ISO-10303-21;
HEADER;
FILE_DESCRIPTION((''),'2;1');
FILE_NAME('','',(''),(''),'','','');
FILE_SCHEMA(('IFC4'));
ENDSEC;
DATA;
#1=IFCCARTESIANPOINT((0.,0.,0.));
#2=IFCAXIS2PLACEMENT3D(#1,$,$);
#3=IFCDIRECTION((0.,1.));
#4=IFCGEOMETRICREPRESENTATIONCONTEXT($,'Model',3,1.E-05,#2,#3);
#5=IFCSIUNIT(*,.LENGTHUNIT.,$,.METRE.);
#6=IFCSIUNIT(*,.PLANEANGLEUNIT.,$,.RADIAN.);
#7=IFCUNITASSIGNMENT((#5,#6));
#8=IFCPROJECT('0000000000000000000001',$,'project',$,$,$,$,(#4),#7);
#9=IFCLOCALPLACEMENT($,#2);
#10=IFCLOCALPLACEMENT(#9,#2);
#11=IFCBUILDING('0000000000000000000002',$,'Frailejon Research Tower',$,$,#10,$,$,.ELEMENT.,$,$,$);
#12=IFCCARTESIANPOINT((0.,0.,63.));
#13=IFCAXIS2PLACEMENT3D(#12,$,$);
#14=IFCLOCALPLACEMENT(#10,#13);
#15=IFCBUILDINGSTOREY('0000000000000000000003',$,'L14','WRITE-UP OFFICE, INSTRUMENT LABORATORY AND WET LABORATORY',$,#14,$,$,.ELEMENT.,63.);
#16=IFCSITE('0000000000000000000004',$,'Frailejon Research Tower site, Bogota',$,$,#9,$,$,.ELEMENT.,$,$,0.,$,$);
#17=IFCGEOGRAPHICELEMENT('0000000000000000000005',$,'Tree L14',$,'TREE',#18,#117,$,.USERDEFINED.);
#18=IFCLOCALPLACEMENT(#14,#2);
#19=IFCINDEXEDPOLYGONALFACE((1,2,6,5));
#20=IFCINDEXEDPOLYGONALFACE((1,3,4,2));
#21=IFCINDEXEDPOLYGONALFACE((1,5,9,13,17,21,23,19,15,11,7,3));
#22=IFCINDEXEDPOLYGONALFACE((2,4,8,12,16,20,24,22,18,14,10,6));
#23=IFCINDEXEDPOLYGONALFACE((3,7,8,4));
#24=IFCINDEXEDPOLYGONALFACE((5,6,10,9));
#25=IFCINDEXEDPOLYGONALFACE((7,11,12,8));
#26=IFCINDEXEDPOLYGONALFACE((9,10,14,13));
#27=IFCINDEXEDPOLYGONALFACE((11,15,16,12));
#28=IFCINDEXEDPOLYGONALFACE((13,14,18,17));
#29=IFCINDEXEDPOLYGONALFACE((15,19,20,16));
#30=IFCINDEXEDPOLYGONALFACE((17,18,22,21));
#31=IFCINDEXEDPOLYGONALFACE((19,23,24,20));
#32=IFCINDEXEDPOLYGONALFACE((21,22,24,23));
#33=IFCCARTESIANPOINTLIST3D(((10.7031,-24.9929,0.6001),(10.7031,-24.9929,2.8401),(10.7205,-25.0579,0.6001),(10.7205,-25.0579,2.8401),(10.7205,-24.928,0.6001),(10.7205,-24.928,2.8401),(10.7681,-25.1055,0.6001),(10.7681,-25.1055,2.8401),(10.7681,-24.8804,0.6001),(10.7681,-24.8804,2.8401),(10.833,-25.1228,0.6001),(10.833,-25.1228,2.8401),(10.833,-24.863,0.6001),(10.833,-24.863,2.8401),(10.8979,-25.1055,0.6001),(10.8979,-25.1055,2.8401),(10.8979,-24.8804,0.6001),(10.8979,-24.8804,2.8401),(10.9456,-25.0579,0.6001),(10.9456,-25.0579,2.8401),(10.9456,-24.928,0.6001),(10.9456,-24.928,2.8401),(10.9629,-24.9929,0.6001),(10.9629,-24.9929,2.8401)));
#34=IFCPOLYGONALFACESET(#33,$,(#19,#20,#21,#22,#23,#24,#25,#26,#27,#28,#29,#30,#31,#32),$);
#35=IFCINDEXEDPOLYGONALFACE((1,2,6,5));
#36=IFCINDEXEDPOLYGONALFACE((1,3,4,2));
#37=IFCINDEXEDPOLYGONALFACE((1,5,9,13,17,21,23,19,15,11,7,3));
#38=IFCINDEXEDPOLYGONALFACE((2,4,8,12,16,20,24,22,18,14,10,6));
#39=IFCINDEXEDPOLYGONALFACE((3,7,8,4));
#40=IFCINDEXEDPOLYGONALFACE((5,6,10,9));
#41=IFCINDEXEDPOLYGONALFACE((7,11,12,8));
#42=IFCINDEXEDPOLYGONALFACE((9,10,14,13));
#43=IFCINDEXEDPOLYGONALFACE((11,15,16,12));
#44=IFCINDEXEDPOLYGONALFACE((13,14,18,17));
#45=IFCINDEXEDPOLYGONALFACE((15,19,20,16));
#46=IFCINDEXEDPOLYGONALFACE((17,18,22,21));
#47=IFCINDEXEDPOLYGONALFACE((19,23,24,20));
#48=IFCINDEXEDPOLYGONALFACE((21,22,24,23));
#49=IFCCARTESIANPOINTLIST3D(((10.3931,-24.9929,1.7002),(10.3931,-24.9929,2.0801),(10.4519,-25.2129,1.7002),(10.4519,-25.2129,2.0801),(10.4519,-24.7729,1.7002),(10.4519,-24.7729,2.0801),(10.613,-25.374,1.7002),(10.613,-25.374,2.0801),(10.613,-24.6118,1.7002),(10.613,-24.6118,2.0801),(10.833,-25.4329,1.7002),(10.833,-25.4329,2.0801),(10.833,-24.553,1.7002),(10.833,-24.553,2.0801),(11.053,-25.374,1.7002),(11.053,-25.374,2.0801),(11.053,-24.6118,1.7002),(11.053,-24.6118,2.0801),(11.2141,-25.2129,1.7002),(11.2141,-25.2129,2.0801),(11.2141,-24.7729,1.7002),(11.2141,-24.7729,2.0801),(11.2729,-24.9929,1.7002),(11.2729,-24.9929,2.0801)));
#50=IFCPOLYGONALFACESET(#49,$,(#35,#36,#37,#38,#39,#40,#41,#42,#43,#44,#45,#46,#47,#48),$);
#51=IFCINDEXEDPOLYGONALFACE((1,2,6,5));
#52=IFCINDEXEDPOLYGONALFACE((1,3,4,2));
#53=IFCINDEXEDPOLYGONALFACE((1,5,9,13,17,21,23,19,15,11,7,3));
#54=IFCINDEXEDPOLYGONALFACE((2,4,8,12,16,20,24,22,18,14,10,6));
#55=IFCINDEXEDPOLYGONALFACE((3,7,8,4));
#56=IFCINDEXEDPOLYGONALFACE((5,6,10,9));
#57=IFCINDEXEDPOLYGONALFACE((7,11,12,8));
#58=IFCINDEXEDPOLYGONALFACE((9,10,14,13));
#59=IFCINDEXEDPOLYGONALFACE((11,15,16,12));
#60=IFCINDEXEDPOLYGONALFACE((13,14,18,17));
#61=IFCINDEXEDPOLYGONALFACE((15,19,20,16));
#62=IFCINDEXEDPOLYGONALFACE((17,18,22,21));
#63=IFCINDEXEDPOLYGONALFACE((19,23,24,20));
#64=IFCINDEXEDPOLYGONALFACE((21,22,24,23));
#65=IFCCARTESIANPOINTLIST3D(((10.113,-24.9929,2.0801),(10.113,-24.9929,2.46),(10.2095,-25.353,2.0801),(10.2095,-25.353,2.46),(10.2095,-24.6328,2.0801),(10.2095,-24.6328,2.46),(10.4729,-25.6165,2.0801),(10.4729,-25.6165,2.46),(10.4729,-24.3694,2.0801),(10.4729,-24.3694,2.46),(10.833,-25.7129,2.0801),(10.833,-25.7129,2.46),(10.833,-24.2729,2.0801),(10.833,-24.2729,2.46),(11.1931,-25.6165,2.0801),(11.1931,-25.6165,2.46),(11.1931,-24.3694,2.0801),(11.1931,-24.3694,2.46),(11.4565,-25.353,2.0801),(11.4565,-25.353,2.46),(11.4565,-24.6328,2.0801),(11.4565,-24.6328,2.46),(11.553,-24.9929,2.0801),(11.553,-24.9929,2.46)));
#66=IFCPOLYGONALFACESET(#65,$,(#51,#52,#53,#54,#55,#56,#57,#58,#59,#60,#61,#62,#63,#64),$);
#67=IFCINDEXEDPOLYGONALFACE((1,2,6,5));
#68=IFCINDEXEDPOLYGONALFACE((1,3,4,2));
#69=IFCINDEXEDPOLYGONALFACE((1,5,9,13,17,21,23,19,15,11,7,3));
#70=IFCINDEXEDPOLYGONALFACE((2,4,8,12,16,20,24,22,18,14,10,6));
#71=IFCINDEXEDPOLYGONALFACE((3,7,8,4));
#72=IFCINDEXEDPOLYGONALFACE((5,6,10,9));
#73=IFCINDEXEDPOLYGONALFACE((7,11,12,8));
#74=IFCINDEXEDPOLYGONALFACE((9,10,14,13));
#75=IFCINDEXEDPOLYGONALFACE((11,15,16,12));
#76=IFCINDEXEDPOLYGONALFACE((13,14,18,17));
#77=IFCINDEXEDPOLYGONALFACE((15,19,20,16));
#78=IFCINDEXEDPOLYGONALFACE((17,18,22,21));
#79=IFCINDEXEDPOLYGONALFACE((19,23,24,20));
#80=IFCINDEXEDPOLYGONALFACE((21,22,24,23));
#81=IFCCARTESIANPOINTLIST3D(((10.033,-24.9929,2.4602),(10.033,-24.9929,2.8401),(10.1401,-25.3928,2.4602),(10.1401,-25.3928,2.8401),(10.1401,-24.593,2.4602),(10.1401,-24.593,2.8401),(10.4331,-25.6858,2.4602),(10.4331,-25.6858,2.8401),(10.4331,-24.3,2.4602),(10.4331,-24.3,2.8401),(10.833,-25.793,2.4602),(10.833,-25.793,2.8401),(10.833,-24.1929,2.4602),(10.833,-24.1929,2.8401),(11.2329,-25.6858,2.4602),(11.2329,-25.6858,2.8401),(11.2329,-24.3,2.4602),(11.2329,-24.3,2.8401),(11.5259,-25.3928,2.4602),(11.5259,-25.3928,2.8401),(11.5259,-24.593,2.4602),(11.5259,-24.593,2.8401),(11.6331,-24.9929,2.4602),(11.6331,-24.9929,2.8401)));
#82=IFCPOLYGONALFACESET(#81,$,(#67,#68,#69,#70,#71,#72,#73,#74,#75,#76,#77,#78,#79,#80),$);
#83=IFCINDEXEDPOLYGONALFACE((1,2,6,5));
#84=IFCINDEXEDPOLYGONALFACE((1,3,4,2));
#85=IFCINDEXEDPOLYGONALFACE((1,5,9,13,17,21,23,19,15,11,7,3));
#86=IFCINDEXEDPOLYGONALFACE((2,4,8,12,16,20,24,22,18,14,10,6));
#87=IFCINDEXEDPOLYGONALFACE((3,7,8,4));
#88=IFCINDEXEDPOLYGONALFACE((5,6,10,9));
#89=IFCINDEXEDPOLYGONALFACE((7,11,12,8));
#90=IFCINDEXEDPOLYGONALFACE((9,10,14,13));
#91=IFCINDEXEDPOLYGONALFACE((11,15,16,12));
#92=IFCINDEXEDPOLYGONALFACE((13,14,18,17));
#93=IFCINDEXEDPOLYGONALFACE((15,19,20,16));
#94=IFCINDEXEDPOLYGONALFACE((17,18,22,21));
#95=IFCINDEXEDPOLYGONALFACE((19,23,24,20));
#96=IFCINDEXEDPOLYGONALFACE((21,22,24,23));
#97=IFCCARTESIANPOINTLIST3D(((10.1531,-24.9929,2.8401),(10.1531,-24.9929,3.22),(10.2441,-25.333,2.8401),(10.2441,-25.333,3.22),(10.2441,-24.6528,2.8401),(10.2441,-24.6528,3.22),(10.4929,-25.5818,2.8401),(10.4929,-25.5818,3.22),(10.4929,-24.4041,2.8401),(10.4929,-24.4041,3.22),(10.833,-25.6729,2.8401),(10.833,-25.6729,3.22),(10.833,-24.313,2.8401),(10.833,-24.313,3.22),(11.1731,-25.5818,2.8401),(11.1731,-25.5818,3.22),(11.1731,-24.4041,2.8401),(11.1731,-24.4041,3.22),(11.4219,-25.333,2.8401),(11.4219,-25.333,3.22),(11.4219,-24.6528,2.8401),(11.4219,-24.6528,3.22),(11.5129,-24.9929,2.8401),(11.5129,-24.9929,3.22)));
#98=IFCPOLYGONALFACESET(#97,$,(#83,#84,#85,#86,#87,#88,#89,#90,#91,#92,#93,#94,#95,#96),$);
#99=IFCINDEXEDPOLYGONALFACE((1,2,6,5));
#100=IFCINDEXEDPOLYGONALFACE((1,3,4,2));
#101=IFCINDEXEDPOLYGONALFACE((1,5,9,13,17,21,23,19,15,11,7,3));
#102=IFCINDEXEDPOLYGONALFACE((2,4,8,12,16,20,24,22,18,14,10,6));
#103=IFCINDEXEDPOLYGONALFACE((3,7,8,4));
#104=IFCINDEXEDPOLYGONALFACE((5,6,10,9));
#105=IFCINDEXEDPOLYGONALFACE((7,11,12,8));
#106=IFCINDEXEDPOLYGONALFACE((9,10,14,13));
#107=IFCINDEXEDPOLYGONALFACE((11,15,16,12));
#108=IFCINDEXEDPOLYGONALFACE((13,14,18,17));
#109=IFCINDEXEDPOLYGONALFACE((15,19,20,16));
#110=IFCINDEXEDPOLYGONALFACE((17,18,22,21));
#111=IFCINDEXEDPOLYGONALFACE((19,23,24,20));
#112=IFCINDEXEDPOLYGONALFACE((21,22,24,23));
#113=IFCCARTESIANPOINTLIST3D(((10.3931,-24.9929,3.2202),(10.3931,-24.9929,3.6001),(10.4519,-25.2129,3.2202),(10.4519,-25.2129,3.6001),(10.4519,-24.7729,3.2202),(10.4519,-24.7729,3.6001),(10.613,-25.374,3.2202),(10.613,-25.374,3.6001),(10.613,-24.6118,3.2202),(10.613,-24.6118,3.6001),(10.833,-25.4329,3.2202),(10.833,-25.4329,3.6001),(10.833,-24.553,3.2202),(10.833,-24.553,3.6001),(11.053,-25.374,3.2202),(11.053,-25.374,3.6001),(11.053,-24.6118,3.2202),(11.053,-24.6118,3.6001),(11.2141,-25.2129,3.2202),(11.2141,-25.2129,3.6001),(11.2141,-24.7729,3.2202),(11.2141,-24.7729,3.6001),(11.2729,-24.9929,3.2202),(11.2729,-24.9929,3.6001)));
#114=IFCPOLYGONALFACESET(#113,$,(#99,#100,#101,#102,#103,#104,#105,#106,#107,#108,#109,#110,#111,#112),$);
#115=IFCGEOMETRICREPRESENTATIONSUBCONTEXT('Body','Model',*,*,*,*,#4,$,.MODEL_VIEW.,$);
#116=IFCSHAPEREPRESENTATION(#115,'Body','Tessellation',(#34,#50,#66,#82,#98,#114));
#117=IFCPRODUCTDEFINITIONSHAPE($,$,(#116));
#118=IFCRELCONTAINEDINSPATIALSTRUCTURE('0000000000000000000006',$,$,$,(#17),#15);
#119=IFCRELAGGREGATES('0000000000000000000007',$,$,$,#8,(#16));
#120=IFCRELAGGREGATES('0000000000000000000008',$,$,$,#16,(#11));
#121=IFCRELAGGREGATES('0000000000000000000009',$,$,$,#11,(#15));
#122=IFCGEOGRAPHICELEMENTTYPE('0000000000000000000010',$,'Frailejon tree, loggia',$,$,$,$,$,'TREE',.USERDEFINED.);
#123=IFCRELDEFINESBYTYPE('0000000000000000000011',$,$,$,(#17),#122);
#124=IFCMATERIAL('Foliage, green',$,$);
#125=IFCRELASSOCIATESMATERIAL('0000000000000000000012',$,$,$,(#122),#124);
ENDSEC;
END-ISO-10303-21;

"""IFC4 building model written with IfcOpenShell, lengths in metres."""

from ifc_helpers import new_model, si_unit, direction, frame, origin, place, context, subcontext, project, spatial, polyline, outline, extrude, material, type_object, element, save


model = new_model("IFC4")

# Units and contexts
model_context = context("Model", 3, precision=1e-05, world=origin(), true_north=direction((0.0, 1.0)))
body_context = subcontext(model_context, "Body", "Model", "MODEL_VIEW")
ifc_project = project(units=[si_unit("LENGTHUNIT", "METRE"), si_unit("PLANEANGLEUNIT", "RADIAN")], contexts=[model_context])

# Site, building, storey
site_placement = place(None, origin())
site = spatial("IfcSite", under=ifc_project, at=site_placement, Name="Frailejon Research Tower site, Bogota", CompositionType="ELEMENT", RefElevation=0.0)
building_placement = place(site_placement, origin())
building = spatial("IfcBuilding", under=site, at=building_placement, Name="Frailejon Research Tower", CompositionType="ELEMENT")
storey_placement = place(building_placement, frame((0.0, 0.0, 63.0)))
storey = spatial("IfcBuildingStorey", under=building, at=storey_placement, Name="L14", Description="WRITE-UP OFFICE, INSTRUMENT LABORATORY AND WET LABORATORY", CompositionType="ELEMENT", Elevation=63.0)

# Geographic element
ifc_material_1 = material(Name="Foliage, green")
geographic_element_type = type_object("IfcGeographicElementType", Name="Frailejon tree, loggia", ElementType="TREE", PredefinedType="USERDEFINED", material=ifc_material_1)
geographic_element_placement = place(storey_placement, frame((10.833, -24.9929, 0.6001)))
element("IfcGeographicElement", 1, at=geographic_element_placement, inside=storey, type_object=geographic_element_type, Name="Tree L14", ObjectType="TREE", PredefinedType="USERDEFINED", context=body_context, shape_type="SweptSolid", body=[
    extrude(outline(polyline([(0.1299, 0.0), (0.1125, 0.0649), (0.0649, 0.1125), (0.0, 0.1299), (-0.0649, 0.1125), (-0.1125, 0.0649), (-0.1299, 0.0), (-0.1125, -0.0649), (-0.0649, -0.1125), (0.0, -0.1299), (0.0649, -0.1125), (0.1125, -0.0649), (0.1299, 0.0)])), origin(), (0.0, 0.0, 1.0), 2.24),
    extrude(outline(polyline([(0.4399, 0.0), (0.3811, 0.22), (0.22, 0.3811), (0.0, 0.4399), (-0.22, 0.3811), (-0.3811, 0.22), (-0.4399, 0.0), (-0.3811, -0.22), (-0.22, -0.3811), (0.0, -0.4399), (0.22, -0.3811), (0.3811, -0.22), (0.4399, 0.0)])), frame((0.0, 0.0, 1.1001)), (0.0, 0.0, 1.0), 0.3799),
    extrude(outline(polyline([(0.72, 0.0), (0.6235, 0.3601), (0.3601, 0.6235), (0.0, 0.72), (-0.3601, 0.6235), (-0.6235, 0.3601), (-0.72, 0.0), (-0.6235, -0.3601), (-0.3601, -0.6235), (0.0, -0.72), (0.3601, -0.6235), (0.6235, -0.3601), (0.72, 0.0)])), frame((0.0, 0.0, 1.48)), (0.0, 0.0, 1.0), 0.3799),
    extrude(outline(polyline([(0.8, 0.0), (0.6929, 0.3999), (0.3999, 0.6929), (0.0, 0.8), (-0.3999, 0.6929), (-0.6929, 0.3999), (-0.8, 0.0), (-0.6929, -0.3999), (-0.3999, -0.6929), (0.0, -0.8), (0.3999, -0.6929), (0.6929, -0.3999), (0.8, 0.0)])), frame((0.0, 0.0, 1.8601)), (0.0, 0.0, 1.0), 0.3799),
    extrude(outline(polyline([(0.6799, 0.0), (0.5889, 0.3401), (0.3401, 0.5889), (0.0, 0.6799), (-0.3401, 0.5889), (-0.5889, 0.3401), (-0.6799, 0.0), (-0.5889, -0.3401), (-0.3401, -0.5889), (0.0, -0.6799), (0.3401, -0.5889), (0.5889, -0.3401), (0.6799, 0.0)])), frame((0.0, 0.0, 2.24)), (0.0, 0.0, 1.0), 0.3799),
    extrude(outline(polyline([(0.4399, 0.0), (0.3811, 0.22), (0.22, 0.3811), (0.0, 0.4399), (-0.22, 0.3811), (-0.3811, 0.22), (-0.4399, 0.0), (-0.3811, -0.22), (-0.22, -0.3811), (0.0, -0.4399), (0.22, -0.3811), (0.3811, -0.22), (0.4399, 0.0)])), frame((0.0, 0.0, 2.6201)), (0.0, 0.0, 1.0), 0.3799),
])

save(model, "model.ifc")
